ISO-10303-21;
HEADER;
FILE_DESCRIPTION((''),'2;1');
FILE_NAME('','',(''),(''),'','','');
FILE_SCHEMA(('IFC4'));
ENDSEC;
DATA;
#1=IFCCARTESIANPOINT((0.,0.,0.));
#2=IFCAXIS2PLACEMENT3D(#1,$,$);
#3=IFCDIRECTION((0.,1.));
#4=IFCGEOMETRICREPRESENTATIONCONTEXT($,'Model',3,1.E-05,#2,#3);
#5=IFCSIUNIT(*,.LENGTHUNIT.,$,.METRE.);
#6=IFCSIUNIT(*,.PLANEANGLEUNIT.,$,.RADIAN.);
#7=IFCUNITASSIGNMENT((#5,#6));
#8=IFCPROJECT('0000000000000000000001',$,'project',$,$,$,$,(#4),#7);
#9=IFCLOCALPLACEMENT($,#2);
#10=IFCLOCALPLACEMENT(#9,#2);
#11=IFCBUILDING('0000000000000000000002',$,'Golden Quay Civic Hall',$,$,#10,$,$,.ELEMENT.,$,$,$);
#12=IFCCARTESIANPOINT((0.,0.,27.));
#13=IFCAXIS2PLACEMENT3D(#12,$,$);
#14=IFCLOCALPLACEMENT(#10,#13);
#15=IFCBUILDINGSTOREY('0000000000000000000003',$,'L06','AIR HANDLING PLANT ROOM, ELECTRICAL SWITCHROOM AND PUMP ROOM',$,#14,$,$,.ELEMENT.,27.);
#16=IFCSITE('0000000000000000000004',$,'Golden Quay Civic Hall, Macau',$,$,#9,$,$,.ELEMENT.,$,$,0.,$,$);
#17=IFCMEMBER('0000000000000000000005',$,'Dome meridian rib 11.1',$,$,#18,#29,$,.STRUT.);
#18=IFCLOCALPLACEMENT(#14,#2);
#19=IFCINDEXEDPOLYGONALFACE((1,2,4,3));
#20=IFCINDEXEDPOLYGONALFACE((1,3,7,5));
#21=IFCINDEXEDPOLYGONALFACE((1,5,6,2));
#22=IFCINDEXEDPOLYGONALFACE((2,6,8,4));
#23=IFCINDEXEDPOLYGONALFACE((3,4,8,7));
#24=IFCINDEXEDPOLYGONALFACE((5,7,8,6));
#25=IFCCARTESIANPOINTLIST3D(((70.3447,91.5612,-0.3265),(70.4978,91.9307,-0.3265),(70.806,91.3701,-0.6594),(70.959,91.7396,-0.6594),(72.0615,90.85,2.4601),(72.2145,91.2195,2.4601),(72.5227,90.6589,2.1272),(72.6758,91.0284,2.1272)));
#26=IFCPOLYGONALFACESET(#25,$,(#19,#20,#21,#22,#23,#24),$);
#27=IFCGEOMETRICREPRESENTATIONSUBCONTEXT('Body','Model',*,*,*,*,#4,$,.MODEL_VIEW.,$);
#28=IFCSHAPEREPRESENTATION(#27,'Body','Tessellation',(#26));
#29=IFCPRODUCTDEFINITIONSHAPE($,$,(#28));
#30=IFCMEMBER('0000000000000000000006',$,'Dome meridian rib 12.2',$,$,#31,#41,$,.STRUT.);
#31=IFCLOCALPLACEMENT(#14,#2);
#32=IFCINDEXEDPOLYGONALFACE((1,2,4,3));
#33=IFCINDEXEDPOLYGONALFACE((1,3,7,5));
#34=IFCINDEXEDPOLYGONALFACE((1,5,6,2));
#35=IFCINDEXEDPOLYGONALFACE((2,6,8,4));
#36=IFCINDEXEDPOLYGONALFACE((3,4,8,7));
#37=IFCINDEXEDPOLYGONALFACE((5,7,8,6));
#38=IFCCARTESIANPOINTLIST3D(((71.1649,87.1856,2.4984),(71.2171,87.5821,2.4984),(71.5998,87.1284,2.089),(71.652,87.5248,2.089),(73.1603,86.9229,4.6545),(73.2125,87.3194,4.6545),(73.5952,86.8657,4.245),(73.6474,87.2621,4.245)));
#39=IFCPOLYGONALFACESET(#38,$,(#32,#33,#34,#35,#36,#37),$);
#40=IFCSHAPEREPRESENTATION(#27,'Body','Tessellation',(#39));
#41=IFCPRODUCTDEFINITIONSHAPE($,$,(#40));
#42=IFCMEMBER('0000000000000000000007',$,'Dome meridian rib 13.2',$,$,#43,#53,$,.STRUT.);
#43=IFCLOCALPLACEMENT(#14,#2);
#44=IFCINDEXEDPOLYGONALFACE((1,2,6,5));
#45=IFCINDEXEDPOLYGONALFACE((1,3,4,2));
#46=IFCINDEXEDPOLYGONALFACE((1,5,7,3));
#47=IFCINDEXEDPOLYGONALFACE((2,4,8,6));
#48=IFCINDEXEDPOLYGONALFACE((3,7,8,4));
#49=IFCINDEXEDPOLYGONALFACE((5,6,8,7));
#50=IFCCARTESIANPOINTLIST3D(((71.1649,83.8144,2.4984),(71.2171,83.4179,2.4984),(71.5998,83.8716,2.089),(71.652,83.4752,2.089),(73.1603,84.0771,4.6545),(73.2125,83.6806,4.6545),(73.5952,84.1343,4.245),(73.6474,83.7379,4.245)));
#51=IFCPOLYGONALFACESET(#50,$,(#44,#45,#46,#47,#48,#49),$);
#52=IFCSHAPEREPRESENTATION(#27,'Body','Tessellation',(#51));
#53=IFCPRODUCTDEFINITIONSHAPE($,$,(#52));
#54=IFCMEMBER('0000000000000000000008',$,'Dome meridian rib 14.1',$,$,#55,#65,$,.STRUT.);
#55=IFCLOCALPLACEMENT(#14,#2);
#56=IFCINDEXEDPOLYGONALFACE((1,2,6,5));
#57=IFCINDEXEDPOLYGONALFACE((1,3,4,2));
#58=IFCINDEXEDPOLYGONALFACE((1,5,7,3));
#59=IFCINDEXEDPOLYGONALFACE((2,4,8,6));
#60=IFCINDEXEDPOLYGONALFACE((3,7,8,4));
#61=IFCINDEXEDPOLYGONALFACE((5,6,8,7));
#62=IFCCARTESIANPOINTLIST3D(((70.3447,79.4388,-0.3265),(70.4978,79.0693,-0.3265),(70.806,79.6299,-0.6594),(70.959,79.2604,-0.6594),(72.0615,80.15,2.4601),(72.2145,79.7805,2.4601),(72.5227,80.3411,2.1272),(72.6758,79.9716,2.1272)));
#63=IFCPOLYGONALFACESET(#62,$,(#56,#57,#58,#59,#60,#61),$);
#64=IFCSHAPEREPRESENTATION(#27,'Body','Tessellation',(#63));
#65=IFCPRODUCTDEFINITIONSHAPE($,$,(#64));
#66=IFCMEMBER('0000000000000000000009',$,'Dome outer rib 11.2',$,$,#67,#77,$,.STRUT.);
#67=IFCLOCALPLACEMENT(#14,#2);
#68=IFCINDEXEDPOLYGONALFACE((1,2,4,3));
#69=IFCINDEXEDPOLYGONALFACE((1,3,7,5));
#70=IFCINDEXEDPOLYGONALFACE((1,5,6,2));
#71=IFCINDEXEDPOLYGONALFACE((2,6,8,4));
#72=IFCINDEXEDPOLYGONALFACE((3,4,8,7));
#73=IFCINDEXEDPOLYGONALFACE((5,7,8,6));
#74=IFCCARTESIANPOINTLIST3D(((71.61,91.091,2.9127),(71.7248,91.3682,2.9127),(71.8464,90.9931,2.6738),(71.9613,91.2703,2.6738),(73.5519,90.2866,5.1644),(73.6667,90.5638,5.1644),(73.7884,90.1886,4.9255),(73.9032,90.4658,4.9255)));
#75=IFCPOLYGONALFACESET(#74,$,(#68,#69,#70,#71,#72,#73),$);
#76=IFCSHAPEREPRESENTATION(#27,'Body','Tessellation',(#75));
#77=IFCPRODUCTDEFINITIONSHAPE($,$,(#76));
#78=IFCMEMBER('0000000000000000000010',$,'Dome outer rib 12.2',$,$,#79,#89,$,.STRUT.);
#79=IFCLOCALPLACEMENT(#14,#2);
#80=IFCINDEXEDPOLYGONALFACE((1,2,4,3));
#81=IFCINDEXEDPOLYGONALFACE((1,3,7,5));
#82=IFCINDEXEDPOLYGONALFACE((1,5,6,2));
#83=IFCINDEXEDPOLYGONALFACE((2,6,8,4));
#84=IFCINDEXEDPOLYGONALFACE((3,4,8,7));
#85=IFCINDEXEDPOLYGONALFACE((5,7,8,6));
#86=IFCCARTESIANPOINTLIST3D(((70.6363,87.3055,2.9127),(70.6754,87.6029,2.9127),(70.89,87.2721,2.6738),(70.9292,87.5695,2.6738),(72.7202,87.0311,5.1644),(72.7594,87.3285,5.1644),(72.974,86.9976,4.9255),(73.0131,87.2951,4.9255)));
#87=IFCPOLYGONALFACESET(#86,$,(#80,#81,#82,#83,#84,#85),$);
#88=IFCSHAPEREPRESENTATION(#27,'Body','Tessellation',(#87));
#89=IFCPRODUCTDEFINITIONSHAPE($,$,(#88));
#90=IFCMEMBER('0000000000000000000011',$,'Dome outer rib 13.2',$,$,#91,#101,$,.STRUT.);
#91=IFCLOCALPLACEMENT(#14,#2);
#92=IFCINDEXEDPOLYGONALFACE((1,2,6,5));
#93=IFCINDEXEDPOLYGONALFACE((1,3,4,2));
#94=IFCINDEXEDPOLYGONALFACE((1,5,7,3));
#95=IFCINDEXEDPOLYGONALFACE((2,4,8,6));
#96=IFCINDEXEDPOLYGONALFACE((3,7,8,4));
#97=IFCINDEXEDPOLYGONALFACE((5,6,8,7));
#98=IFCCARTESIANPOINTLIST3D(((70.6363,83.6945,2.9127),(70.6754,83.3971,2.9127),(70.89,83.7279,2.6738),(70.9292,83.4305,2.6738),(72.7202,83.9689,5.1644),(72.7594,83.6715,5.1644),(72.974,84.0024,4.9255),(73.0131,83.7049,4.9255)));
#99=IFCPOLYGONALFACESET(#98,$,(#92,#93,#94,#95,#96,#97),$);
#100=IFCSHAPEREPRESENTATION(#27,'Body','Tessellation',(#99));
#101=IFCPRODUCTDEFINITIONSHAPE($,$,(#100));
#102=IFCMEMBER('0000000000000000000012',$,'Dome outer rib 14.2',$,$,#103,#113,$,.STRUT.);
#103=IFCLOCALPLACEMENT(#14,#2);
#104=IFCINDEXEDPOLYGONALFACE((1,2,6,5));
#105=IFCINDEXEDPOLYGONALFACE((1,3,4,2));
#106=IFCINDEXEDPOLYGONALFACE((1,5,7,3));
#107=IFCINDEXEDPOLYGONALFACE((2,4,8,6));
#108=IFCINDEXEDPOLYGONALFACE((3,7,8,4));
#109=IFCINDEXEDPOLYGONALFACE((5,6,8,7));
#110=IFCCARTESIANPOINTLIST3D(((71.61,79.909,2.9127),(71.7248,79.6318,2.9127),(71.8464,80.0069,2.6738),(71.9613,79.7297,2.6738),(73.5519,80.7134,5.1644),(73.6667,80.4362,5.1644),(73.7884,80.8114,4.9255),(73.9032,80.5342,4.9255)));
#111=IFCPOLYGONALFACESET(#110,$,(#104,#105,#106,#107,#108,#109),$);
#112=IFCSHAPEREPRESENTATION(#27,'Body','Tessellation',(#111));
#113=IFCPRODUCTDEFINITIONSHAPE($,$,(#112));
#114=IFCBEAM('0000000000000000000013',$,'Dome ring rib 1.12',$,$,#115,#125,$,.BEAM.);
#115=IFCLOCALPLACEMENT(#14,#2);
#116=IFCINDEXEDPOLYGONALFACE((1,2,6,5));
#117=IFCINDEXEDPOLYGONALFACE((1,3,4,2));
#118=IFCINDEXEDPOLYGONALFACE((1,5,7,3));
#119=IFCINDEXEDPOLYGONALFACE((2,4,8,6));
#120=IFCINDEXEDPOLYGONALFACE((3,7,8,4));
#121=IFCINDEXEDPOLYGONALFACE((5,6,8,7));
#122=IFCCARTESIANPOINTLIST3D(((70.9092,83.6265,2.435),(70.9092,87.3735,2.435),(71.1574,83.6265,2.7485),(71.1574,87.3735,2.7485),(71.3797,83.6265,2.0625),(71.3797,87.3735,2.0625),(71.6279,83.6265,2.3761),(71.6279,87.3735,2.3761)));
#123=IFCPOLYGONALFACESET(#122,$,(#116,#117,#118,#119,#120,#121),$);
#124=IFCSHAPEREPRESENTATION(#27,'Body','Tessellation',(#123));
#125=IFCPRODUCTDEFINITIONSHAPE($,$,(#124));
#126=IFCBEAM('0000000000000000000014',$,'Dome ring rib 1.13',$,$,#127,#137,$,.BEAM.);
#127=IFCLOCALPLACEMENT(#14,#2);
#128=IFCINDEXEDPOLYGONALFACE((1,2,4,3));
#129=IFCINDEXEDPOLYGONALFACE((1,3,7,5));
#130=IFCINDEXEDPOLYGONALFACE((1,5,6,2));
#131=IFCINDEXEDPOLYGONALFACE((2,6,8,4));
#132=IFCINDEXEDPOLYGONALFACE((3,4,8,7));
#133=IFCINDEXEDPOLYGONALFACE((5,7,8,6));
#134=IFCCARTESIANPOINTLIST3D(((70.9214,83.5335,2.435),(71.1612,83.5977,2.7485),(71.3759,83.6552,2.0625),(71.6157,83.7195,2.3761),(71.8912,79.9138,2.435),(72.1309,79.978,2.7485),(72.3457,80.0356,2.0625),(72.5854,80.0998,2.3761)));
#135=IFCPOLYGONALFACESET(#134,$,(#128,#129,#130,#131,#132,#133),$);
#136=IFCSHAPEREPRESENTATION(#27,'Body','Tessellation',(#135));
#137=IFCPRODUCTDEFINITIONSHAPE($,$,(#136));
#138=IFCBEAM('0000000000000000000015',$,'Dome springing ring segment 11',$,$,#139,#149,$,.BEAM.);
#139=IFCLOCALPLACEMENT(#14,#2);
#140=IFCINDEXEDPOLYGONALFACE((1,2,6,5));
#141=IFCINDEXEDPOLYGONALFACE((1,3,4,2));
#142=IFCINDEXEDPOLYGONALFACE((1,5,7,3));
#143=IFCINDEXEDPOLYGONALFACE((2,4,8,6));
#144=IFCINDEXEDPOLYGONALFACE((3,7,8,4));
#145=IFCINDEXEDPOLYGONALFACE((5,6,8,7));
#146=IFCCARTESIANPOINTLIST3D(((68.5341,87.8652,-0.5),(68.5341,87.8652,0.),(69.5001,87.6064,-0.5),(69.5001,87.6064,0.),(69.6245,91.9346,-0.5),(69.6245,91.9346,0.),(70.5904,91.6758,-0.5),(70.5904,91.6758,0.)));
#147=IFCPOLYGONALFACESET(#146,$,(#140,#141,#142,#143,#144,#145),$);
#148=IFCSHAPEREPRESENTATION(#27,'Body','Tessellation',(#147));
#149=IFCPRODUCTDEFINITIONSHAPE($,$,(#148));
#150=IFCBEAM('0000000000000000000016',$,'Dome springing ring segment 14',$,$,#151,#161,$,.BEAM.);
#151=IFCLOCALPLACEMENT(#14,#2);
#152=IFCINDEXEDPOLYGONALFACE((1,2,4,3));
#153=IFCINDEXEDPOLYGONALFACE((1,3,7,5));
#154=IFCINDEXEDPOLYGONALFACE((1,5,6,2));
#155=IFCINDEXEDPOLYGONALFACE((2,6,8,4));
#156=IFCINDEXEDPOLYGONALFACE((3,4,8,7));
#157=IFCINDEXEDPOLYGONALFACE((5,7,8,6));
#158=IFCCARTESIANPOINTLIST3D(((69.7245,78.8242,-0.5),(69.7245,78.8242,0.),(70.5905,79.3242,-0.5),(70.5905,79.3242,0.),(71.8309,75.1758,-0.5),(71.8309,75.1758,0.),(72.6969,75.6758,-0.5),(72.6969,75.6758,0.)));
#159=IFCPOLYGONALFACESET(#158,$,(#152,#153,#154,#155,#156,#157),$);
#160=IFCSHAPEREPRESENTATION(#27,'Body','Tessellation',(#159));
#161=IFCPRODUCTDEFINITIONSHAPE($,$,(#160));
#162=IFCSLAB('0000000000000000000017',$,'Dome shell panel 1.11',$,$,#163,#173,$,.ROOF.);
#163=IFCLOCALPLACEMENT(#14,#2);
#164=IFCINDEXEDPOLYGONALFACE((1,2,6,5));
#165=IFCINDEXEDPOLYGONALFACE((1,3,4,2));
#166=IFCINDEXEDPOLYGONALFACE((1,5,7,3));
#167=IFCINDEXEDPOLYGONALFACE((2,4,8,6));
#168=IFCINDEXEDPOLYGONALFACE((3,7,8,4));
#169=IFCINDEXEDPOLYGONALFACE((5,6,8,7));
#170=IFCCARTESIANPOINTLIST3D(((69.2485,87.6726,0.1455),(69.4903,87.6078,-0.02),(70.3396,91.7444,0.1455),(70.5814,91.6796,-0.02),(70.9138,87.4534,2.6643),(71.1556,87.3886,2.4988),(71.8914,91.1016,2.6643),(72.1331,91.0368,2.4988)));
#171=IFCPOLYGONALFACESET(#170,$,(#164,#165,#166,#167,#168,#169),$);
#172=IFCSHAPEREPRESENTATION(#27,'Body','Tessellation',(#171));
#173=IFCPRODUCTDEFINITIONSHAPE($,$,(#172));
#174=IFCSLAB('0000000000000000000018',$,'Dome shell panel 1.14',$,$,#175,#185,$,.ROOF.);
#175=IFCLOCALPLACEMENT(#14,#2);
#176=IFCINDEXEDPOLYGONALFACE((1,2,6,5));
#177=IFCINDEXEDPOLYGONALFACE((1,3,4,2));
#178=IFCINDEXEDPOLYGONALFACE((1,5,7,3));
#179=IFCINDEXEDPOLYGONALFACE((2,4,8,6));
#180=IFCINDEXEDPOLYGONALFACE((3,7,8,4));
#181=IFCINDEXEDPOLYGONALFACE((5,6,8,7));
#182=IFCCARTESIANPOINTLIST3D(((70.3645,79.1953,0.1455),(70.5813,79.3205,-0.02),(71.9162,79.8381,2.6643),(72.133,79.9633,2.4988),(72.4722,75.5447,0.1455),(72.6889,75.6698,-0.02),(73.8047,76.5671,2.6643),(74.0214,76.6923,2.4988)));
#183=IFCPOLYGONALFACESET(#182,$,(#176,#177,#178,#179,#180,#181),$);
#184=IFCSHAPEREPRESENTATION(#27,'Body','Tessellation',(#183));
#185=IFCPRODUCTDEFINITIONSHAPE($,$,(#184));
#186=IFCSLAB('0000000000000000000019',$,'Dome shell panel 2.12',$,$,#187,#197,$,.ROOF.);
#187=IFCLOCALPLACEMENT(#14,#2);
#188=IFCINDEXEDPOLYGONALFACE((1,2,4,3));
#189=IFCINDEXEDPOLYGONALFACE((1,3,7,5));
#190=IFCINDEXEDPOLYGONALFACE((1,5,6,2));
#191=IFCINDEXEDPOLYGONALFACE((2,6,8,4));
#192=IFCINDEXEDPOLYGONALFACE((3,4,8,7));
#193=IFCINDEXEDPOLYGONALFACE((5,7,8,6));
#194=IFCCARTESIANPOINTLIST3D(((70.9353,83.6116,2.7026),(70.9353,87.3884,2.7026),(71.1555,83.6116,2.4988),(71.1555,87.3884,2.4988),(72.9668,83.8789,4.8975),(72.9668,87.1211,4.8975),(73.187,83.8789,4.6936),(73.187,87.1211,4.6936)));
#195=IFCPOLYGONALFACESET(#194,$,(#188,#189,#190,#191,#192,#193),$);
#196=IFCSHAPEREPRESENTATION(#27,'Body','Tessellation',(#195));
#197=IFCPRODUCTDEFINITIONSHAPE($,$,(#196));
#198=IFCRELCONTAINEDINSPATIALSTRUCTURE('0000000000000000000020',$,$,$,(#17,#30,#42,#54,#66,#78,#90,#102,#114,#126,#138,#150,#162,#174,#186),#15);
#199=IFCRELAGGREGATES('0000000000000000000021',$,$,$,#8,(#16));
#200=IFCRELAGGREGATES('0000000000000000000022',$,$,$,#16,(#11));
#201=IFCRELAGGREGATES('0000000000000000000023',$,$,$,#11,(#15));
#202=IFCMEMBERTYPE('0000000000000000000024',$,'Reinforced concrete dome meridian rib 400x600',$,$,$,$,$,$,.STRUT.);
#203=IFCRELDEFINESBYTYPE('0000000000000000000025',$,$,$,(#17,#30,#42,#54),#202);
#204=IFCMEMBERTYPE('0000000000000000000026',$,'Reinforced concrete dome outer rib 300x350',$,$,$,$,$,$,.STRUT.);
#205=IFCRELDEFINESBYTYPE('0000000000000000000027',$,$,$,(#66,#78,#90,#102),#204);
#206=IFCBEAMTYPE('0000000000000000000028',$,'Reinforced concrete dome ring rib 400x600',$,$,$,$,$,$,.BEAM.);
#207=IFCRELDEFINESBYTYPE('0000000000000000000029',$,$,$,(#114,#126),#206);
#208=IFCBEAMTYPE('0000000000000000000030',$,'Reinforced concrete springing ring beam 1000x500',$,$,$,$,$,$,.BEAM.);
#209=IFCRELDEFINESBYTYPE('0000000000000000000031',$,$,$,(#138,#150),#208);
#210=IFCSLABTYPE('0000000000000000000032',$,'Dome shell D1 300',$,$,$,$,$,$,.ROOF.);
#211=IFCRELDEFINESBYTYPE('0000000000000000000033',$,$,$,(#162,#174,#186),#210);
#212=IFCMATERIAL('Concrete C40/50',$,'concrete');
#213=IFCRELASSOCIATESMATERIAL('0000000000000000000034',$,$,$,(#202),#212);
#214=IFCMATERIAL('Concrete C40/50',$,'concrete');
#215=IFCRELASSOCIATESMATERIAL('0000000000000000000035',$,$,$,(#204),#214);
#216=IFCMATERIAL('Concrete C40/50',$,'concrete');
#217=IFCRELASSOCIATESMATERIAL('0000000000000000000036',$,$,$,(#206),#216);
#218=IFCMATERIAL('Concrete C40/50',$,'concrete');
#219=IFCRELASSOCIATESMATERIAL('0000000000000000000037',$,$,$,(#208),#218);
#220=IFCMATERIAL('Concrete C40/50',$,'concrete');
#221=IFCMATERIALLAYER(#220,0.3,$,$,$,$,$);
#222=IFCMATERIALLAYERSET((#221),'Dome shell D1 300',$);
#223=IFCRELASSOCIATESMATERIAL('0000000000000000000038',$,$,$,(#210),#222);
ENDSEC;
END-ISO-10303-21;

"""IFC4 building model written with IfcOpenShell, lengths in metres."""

from ifc_helpers import new_model, si_unit, direction, frame, origin, origin_2d, place, context, subcontext, project, spatial, polyline, rectangle, outline, extrude, material, layer, layer_set, material_profile, profile_set, type_object, element, save


model = new_model("IFC4")

# Units and contexts
model_context = context("Model", 3, precision=1e-05, world=origin(), true_north=direction((0.0, 1.0)))
body_context = subcontext(model_context, "Body", "Model", "MODEL_VIEW")
ifc_project = project(units=[si_unit("LENGTHUNIT", "METRE"), si_unit("PLANEANGLEUNIT", "RADIAN")], contexts=[model_context])

# Site, building, storey
site_placement = place(None, origin())
site = spatial("IfcSite", under=ifc_project, at=site_placement, Name="Golden Quay Civic Hall, Macau", CompositionType="ELEMENT", RefElevation=0.0)
building_placement = place(site_placement, origin())
building = spatial("IfcBuilding", under=site, at=building_placement, Name="Golden Quay Civic Hall", CompositionType="ELEMENT")
storey_placement = place(building_placement, frame((0.0, 0.0, 27.0)))
storey = spatial("IfcBuildingStorey", under=building, at=storey_placement, Name="L06", Description="AIR HANDLING PLANT ROOM, ELECTRICAL SWITCHROOM AND PUMP ROOM", CompositionType="ELEMENT", Elevation=27.0)

# Members
ifc_material_1 = material(Name="Concrete C40/50", Category="concrete")
ifc_material_profile_1 = material_profile(ifc_material_1, rectangle(XDim=0.3999, YDim=0.6001, at=origin_2d()), Name="RC 400x600")
ifc_profile_set_1 = profile_set([ifc_material_profile_1], Name="Concrete C40/50")
member_type_1 = type_object("IfcMemberType", Name="Reinforced concrete dome meridian rib 400x600", PredefinedType="STRUT", material=ifc_profile_set_1)
member_1_placement = place(storey_placement, frame((70.6519, 91.6504, -0.4929), z_axis=(0.51257, -0.212332, 0.831978), x_axis=(0.382711, 0.923868, 0.0)))
element("IfcMember", 1, at=member_1_placement, inside=storey, type_object=member_type_1, Name="Dome meridian rib 11.1", PredefinedType="STRUT", context=body_context, shape_type="SweptSolid", body=[
    extrude(rectangle(XDim=0.3999, YDim=0.6001, at=origin_2d()), origin(), (0.0, 0.0, 1.0), 3.3494),
])
for number, where, z_axis, x_axis, name in (
    (2, (71.4084, 87.3552, 2.2937), (0.676536, -0.089068, 0.731003), (0.130527, 0.991445, 0.0), "Dome meridian rib 12.2"),
    (3, (71.4084, 83.6448, 2.2937), (0.676536, 0.089068, 0.731003), (-0.130527, 0.991445, 0.0), "Dome meridian rib 13.2"),
):
    element("IfcMember", number, at=place(storey_placement, frame(where, z_axis=z_axis, x_axis=x_axis)), inside=storey, type_object=member_type_1, Name=name, PredefinedType="STRUT", context=body_context, shape_type="SweptSolid", body=[
        extrude(rectangle(XDim=0.3999, YDim=0.6001, at=origin_2d()), origin(), (0.0, 0.0, 1.0), 2.9495),
    ])
member_2_placement = place(storey_placement, frame((70.6519, 79.3496, -0.4929), z_axis=(0.51257, 0.212332, 0.831978), x_axis=(-0.382711, 0.923868, 0.0)))
element("IfcMember", 4, at=member_2_placement, inside=storey, type_object=member_type_1, Name="Dome meridian rib 14.1", PredefinedType="STRUT", context=body_context, shape_type="SweptSolid", body=[
    extrude(rectangle(XDim=0.3999, YDim=0.6001, at=origin_2d()), origin(), (0.0, 0.0, 1.0), 3.3494),
])
ifc_material_2 = material(Name="Concrete C40/50", Category="concrete")
ifc_material_profile_2 = material_profile(ifc_material_2, rectangle(XDim=0.3, YDim=0.3501, at=origin_2d()), Name="RC 300x350")
ifc_profile_set_2 = profile_set([ifc_material_profile_2], Name="Concrete C40/50")
member_type_2 = type_object("IfcMemberType", Name="Reinforced concrete dome outer rib 300x350", PredefinedType="STRUT", material=ifc_profile_set_2)
for number, where, z_axis, x_axis, name in (
    (5, (71.7856, 91.1807, 2.7932), (0.630423, -0.261157, 0.731002), (0.382718, 0.923865, 0.0), "Dome outer rib 11.2"),
    (6, (70.7827, 87.4375, 2.7932), (0.676544, -0.089086, 0.730994), (0.130551, 0.991442, 0.0), "Dome outer rib 12.2"),
    (7, (70.7827, 83.5625, 2.7932), (0.676544, 0.089086, 0.730994), (-0.130551, 0.991442, 0.0), "Dome outer rib 13.2"),
    (8, (71.7856, 79.8193, 2.7932), (0.630423, 0.261157, 0.731002), (-0.382718, 0.923865, 0.0), "Dome outer rib 14.2"),
):
    element("IfcMember", number, at=place(storey_placement, frame(where, z_axis=z_axis, x_axis=x_axis)), inside=storey, type_object=member_type_2, Name=name, PredefinedType="STRUT", context=body_context, shape_type="SweptSolid", body=[
        extrude(rectangle(XDim=0.3, YDim=0.3501, at=origin_2d()), origin(), (0.0, 0.0, 1.0), 3.0803),
    ])

# Beams
ifc_material_3 = material(Name="Concrete C40/50", Category="concrete")
ifc_material_profile_3 = material_profile(ifc_material_3, rectangle(XDim=0.3999, YDim=0.6001, at=origin_2d()), Name="RC 400x600")
ifc_profile_set_3 = profile_set([ifc_material_profile_3], Name="Concrete C40/50")
beam_type_1 = type_object("IfcBeamType", Name="Reinforced concrete dome ring rib 400x600", PredefinedType="BEAM", material=ifc_profile_set_3)
beam_1_placement = place(storey_placement, frame((71.2686, 87.3735, 2.4055), z_axis=(0.0, -1.0, 0.0), x_axis=(0.620661, 0.0, 0.784079)))
element("IfcBeam", 9, at=beam_1_placement, inside=storey, type_object=beam_type_1, Name="Dome ring rib 1.12", PredefinedType="BEAM", context=body_context, shape_type="SweptSolid", body=[
    extrude(rectangle(XDim=0.3999, YDim=0.6001, at=origin_2d()), origin(), (0.0, 0.0, 1.0), 3.7471),
])
beam_2_placement = place(storey_placement, frame((71.2686, 83.6265, 2.4055), z_axis=(0.258782, -0.965936, 0.0), x_axis=(0.599518, 0.160616, 0.784079)))
element("IfcBeam", 10, at=beam_2_placement, inside=storey, type_object=beam_type_1, Name="Dome ring rib 1.13", PredefinedType="BEAM", context=body_context, shape_type="SweptSolid", body=[
    extrude(rectangle(XDim=0.3999, YDim=0.6001, at=origin_2d()), origin(), (0.0, 0.0, 1.0), 3.7473),
])
ifc_material_4 = material(Name="Concrete C40/50", Category="concrete")
ifc_material_profile_4 = material_profile(ifc_material_4, rectangle(XDim=1.0, YDim=0.5, at=origin_2d()), Name="RC 1000x500")
ifc_profile_set_4 = profile_set([ifc_material_profile_4], Name="Concrete C40/50")
beam_type_2 = type_object("IfcBeamType", Name="Reinforced concrete springing ring beam 1000x500", PredefinedType="BEAM", material=ifc_profile_set_4)
for number, where, z_axis, x_axis, name in (
    (11, (70.1074, 91.8052, -0.25), (-0.258809, -0.965928, 0.0), (0.965928, -0.258809, 0.0), "Dome springing ring segment 11"),
    (12, (70.1575, 79.0742, -0.25), (0.500003, -0.866023, 0.0), (0.866023, 0.500003, 0.0), "Dome springing ring segment 14"),
):
    element("IfcBeam", number, at=place(storey_placement, frame(where, z_axis=z_axis, x_axis=x_axis)), inside=storey, type_object=beam_type_2, Name=name, PredefinedType="BEAM", context=body_context, shape_type="SweptSolid", body=[
        extrude(rectangle(XDim=1.0, YDim=0.5, at=origin_2d()), origin(), (0.0, 0.0, 1.0), 4.2129),
    ])

# Slabs
ifc_material_5 = material(Name="Concrete C40/50", Category="concrete")
ifc_layer_1 = layer(ifc_material_5, 0.3)
ifc_layer_set_1 = layer_set([ifc_layer_1], Name="Dome shell D1 300")
slab_type = type_object("IfcSlabType", Name="Dome shell D1 300", PredefinedType="ROOF", material=ifc_layer_set_1)
slab_1_placement = place(storey_placement, frame((70.3396, 91.7444, 0.1455), z_axis=(-0.805748, 0.215904, 0.551503), x_axis=(-0.258825, -0.965924, -0.000001)))
element("IfcSlab", 13, at=slab_1_placement, inside=storey, type_object=slab_type, Name="Dome shell panel 1.11", PredefinedType="ROOF", context=body_context, shape_type="SweptSolid", body=[
    extrude(outline(polyline([(0.0, 0.0), (4.2154, 0.0), (3.9962, 3.0195), (0.2193, 3.0195), (0.0, 0.0)])), origin(), (0.0, 0.0, -1.0), 0.3),
])
slab_2_placement = place(storey_placement, frame((70.3645, 79.1953, 0.1455), z_axis=(-0.722423, -0.417079, 0.551498), x_axis=(0.499991, -0.866031, 0.000003)))
element("IfcSlab", 14, at=slab_2_placement, inside=storey, type_object=slab_type, Name="Dome shell panel 1.14", PredefinedType="ROOF", context=body_context, shape_type="SweptSolid", body=[
    extrude(outline(polyline([(0.0, 0.0), (4.2154, 0.0), (3.9961, 3.0195), (0.2192, 3.0195), (0.0, 0.0)])), origin(), (0.0, 0.0, -1.0), 0.3),
])
slab_3_placement = place(storey_placement, frame((70.9353, 87.3884, 2.7026), z_axis=(-0.733886, 0.0, 0.679273), x_axis=(0.0, -1.0, 0.0)))
element("IfcSlab", 15, at=slab_3_placement, inside=storey, type_object=slab_type, Name="Dome shell panel 2.12", PredefinedType="ROOF", context=body_context, shape_type="SweptSolid", body=[
    extrude(outline(polyline([(0.0, 0.0), (3.7769, 0.0), (3.5095, 2.9907), (0.2673, 2.9907), (0.0, 0.0)])), origin(), (0.0, 0.0, -1.0), 0.3),
])

save(model, "model.ifc")
